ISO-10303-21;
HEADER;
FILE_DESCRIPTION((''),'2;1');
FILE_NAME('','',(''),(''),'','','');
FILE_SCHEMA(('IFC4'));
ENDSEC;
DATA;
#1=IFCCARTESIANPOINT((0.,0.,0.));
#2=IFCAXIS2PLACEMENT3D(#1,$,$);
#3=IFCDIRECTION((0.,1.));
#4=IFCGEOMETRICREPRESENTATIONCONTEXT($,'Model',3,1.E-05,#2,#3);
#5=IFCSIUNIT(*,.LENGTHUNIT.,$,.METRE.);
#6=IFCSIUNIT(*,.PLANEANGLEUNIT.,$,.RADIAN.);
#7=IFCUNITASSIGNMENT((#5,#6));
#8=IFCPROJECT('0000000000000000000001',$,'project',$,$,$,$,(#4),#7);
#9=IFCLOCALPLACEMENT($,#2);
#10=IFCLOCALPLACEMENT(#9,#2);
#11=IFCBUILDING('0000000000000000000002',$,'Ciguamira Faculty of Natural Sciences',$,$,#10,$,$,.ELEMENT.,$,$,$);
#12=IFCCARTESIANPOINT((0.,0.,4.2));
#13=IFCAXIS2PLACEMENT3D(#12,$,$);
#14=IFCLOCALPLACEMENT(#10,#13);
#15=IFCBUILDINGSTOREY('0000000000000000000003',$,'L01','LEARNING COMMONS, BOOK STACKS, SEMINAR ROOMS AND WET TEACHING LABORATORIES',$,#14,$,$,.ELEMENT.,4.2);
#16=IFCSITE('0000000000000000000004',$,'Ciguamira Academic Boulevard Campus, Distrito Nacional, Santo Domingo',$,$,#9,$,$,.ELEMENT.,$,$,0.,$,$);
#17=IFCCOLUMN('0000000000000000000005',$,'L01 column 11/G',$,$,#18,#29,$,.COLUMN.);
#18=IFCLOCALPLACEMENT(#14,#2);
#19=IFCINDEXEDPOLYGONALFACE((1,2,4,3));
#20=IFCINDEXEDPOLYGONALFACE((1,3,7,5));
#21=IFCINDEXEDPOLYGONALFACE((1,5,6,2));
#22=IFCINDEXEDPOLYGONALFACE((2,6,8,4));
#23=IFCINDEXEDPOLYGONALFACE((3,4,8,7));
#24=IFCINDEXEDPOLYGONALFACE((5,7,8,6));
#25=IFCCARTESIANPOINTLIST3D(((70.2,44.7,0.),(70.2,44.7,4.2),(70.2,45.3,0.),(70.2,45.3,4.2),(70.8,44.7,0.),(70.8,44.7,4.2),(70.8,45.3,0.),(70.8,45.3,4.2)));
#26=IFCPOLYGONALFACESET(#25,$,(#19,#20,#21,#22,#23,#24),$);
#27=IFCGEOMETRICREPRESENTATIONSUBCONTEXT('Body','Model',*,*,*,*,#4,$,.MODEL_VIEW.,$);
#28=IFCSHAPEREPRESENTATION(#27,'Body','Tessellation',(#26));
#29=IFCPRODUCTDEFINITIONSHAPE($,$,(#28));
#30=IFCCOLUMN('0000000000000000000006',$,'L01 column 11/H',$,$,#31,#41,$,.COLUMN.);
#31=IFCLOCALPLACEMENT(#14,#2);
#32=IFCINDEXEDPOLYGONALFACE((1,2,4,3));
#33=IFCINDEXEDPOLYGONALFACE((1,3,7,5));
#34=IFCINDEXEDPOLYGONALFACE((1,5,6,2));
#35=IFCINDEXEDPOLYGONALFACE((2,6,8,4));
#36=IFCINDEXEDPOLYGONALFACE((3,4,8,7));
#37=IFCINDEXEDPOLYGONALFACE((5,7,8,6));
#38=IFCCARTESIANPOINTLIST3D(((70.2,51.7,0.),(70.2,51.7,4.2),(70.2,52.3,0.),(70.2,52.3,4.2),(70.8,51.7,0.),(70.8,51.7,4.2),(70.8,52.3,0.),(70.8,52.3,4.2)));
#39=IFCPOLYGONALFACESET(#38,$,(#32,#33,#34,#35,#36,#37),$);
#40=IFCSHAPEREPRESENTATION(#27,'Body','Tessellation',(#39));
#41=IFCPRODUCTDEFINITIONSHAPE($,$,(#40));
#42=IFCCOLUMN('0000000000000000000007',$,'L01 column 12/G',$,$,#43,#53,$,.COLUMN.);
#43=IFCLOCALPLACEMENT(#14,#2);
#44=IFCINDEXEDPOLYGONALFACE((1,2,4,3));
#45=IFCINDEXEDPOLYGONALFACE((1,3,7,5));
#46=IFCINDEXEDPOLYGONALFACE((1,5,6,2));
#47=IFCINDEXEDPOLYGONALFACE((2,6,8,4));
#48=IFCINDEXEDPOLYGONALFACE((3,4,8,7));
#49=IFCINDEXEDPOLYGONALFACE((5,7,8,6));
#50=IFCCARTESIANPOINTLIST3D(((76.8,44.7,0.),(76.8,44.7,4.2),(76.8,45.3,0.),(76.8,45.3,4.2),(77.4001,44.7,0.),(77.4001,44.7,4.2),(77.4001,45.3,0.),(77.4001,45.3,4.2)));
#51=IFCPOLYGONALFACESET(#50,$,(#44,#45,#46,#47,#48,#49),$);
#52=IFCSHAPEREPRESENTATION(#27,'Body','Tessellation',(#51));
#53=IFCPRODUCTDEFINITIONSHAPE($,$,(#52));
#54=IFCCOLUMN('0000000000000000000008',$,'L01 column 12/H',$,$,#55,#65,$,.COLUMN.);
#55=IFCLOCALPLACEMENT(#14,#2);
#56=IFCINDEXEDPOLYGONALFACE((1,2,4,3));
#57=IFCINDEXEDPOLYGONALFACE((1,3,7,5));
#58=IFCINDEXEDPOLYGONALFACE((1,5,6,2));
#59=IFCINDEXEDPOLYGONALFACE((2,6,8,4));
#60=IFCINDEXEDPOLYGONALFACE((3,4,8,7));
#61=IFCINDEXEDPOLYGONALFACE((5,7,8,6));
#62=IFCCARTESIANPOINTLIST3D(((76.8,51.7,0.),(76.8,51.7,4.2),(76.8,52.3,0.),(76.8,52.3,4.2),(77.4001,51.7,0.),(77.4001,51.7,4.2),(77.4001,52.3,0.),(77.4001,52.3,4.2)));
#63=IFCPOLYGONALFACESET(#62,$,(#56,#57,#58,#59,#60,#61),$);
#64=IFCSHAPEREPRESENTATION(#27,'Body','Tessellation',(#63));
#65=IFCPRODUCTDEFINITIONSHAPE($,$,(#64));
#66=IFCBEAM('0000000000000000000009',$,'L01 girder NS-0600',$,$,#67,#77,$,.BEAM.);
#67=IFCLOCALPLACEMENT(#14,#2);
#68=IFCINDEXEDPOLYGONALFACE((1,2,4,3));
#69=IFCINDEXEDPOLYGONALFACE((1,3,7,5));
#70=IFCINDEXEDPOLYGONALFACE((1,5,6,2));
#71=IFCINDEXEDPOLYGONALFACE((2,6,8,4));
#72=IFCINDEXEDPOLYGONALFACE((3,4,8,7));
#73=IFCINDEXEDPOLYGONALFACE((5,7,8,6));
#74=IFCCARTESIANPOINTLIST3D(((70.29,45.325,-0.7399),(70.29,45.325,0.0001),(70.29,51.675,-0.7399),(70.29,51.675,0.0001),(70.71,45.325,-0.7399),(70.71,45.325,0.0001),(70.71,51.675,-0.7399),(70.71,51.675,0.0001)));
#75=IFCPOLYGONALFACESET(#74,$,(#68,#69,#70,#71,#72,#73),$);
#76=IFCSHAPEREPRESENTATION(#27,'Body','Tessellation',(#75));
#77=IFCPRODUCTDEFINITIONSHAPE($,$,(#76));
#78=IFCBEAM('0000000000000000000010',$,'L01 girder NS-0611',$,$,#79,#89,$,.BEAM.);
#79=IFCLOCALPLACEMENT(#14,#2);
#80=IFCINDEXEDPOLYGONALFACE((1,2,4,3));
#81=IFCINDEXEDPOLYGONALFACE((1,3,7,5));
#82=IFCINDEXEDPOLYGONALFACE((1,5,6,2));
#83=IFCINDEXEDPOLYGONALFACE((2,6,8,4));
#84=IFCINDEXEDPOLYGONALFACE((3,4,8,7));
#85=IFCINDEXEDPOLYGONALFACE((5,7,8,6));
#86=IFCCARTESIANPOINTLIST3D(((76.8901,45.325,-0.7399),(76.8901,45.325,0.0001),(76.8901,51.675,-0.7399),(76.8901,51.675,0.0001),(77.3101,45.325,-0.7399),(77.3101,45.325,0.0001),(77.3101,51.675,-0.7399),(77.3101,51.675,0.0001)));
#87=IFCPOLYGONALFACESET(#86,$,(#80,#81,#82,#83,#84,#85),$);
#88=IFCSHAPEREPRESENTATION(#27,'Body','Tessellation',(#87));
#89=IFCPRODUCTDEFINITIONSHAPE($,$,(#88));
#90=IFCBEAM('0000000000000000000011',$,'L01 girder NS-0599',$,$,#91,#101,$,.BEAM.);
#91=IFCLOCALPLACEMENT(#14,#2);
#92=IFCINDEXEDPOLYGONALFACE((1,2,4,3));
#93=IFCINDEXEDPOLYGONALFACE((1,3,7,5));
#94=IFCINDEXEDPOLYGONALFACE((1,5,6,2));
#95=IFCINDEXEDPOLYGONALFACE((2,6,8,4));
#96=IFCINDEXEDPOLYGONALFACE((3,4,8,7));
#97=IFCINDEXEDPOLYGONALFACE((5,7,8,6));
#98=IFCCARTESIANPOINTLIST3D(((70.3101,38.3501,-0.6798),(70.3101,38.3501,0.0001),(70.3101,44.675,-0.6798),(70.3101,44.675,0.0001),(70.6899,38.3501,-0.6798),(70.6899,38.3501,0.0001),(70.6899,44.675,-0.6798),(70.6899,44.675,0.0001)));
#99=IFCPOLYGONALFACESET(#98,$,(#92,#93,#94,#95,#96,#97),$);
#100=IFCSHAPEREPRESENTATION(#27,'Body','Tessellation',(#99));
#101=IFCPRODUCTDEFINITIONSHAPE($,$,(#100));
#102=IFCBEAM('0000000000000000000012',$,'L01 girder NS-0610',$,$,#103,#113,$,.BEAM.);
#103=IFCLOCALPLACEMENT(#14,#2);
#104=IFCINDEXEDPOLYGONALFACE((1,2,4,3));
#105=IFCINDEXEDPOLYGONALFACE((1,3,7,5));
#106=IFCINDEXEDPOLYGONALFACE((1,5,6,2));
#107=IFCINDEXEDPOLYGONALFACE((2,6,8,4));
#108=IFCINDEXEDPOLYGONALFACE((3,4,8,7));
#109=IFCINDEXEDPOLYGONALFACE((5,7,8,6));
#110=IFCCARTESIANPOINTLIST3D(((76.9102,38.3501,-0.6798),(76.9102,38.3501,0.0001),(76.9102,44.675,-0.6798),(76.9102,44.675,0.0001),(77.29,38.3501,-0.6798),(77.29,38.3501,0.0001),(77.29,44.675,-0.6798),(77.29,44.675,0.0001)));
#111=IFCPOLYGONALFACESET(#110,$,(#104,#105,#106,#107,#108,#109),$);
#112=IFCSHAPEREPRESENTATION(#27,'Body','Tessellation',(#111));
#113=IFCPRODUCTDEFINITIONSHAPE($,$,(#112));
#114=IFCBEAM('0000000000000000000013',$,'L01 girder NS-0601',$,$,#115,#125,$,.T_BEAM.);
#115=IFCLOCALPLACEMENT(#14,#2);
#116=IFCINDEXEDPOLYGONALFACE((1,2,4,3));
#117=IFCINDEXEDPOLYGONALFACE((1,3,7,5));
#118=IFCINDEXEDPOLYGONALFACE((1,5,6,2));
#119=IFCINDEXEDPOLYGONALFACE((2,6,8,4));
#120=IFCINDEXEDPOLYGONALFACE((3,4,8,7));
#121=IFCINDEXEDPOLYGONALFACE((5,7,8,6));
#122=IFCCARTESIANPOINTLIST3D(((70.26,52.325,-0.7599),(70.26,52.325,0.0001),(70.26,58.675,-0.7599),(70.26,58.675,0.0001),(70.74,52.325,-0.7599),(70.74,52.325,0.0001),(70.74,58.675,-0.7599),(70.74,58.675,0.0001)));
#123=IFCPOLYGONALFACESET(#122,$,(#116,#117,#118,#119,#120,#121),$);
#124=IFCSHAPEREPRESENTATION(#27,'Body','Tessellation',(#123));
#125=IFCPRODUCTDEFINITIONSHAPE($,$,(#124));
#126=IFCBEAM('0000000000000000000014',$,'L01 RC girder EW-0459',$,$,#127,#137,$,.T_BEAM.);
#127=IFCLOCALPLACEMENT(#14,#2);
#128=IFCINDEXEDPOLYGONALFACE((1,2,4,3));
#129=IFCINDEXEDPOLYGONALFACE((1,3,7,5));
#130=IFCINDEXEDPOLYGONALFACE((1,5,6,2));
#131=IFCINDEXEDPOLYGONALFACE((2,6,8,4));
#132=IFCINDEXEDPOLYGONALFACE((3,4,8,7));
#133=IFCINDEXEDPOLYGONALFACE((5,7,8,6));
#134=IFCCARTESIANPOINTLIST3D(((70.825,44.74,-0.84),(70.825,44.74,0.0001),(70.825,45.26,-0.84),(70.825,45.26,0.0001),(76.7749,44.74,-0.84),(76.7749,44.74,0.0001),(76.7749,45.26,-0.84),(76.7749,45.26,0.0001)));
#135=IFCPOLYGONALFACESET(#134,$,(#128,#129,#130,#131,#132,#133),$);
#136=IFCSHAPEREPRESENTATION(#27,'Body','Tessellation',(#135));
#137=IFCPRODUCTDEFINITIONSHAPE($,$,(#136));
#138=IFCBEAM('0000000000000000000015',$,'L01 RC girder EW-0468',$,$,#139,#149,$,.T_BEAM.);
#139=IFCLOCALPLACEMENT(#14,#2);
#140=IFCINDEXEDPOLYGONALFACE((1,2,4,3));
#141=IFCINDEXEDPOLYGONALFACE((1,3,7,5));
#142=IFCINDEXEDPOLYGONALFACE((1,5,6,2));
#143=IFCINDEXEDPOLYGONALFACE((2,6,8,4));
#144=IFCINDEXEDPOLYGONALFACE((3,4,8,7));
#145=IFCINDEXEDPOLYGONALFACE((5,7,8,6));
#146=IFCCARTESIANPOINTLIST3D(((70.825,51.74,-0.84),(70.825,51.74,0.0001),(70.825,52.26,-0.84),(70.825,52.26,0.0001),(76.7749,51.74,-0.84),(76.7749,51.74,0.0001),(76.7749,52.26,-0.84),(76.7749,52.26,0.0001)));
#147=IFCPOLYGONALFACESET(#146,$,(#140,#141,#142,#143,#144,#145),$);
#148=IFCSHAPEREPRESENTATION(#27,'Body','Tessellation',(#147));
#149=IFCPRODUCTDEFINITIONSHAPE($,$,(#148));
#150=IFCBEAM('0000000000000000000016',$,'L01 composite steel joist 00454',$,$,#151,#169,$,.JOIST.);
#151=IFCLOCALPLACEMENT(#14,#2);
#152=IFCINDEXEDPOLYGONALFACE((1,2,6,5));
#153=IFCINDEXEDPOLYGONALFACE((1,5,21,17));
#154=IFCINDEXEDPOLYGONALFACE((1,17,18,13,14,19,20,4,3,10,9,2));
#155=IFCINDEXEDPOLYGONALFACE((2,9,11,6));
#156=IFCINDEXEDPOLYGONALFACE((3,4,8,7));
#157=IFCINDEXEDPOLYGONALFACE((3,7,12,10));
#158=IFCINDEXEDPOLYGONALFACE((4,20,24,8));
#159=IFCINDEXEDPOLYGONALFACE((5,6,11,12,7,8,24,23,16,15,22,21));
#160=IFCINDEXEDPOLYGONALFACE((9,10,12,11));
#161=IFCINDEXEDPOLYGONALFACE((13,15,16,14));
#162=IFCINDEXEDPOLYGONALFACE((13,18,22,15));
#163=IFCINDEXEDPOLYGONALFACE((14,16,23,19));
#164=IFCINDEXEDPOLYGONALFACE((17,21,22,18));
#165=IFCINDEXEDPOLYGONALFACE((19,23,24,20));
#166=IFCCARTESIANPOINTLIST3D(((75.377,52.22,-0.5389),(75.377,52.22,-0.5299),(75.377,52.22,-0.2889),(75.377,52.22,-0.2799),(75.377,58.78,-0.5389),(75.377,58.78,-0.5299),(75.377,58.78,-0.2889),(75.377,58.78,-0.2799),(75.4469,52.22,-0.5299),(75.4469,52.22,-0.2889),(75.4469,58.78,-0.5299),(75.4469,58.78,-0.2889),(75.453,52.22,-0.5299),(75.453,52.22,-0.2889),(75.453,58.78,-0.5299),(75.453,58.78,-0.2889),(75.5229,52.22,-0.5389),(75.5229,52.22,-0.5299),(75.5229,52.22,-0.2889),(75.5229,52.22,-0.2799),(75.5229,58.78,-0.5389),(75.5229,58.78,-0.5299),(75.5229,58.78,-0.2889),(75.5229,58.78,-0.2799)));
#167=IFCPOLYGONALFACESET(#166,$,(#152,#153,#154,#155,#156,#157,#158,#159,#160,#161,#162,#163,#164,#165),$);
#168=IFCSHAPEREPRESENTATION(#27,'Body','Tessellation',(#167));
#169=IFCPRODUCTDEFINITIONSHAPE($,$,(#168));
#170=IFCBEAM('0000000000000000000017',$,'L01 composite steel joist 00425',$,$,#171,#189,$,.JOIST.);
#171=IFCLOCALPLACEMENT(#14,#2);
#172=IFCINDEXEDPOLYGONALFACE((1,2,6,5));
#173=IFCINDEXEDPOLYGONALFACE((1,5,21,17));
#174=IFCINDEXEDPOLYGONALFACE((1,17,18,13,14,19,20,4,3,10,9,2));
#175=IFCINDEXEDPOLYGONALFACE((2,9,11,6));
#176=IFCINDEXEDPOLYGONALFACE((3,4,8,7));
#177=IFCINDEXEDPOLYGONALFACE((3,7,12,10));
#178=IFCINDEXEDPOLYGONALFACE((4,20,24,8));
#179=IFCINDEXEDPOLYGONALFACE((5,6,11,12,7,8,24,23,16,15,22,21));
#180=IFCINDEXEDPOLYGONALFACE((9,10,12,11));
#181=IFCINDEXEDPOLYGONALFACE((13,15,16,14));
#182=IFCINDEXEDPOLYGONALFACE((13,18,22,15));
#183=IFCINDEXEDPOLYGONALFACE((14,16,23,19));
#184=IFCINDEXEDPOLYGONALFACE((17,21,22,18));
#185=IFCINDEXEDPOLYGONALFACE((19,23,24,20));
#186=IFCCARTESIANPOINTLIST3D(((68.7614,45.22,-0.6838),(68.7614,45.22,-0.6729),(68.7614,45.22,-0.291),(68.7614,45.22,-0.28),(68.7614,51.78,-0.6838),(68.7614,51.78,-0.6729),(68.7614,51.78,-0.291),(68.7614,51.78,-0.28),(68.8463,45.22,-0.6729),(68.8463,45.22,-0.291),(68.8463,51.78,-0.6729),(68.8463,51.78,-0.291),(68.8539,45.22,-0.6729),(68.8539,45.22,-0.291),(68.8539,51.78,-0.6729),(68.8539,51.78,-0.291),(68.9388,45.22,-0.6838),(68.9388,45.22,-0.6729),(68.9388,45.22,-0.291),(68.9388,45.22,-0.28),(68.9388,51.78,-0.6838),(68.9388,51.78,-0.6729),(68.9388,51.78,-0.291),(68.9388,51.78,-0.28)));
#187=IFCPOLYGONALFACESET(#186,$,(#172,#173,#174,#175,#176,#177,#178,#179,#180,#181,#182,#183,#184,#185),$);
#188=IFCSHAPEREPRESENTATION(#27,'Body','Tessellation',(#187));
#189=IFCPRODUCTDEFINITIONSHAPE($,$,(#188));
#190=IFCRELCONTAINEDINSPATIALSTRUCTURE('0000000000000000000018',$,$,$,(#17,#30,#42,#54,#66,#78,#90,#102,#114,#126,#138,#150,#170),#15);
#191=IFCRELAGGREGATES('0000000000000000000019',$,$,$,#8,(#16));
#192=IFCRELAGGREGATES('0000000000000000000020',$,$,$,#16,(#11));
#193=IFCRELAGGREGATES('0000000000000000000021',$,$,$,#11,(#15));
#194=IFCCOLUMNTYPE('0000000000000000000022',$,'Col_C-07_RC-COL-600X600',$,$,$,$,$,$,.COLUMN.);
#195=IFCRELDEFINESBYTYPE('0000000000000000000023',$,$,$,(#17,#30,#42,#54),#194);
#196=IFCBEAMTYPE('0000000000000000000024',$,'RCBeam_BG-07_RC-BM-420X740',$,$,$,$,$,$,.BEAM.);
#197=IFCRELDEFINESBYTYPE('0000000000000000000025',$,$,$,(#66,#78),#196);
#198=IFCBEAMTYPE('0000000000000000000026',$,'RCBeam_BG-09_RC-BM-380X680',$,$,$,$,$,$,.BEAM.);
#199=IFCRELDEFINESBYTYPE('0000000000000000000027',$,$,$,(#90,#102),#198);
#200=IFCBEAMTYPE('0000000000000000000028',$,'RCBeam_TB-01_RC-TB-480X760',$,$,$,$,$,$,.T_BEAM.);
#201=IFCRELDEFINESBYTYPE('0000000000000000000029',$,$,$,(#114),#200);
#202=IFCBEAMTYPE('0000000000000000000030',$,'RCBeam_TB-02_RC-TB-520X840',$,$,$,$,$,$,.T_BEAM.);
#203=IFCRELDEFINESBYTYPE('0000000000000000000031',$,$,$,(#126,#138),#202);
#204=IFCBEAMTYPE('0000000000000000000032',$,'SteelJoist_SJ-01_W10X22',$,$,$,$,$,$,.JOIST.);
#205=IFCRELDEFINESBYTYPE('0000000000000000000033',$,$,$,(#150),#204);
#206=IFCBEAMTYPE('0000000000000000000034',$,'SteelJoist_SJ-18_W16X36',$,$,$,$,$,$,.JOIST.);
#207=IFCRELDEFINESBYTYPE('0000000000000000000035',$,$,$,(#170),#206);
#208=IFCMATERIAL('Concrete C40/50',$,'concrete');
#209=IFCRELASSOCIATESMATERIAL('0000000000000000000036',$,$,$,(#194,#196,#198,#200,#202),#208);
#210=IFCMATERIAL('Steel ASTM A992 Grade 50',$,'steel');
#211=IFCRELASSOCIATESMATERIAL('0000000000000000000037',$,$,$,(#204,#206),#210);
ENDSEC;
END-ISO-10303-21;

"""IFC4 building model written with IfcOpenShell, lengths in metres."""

from ifc_helpers import new_model, si_unit, direction, frame, origin, origin_2d, place, context, subcontext, project, spatial, rectangle, i_section, extrude, material, material_profile, profile_set, type_object, element, save


model = new_model("IFC4")

# Units and contexts
model_context = context("Model", 3, precision=1e-05, world=origin(), true_north=direction((0.0, 1.0)))
body_context = subcontext(model_context, "Body", "Model", "MODEL_VIEW")
ifc_project = project(units=[si_unit("LENGTHUNIT", "METRE"), si_unit("PLANEANGLEUNIT", "RADIAN")], contexts=[model_context])

# Site, building, storey
site_placement = place(None, origin())
site = spatial("IfcSite", under=ifc_project, at=site_placement, Name="Ciguamira Academic Boulevard Campus, Distrito Nacional, Santo Domingo", CompositionType="ELEMENT", RefElevation=0.0)
building_placement = place(site_placement, origin())
building = spatial("IfcBuilding", under=site, at=building_placement, Name="Ciguamira Faculty of Natural Sciences", CompositionType="ELEMENT")
storey_placement = place(building_placement, frame((0.0, 0.0, 4.2)))
storey = spatial("IfcBuildingStorey", under=building, at=storey_placement, Name="L01", Description="LEARNING COMMONS, BOOK STACKS, SEMINAR ROOMS AND WET TEACHING LABORATORIES", CompositionType="ELEMENT", Elevation=4.2)

# Columns
ifc_material_1 = material(Name="Concrete C40/50", Category="concrete")
ifc_material_profile_1 = material_profile(ifc_material_1, rectangle(XDim=0.6001, YDim=0.6001, at=origin_2d()), Name="RC-COL-600X600")
ifc_profile_set_1 = profile_set([ifc_material_profile_1], Name="Concrete C40/50")
column_type = type_object("IfcColumnType", Name="Col_C-07_RC-COL-600X600", PredefinedType="COLUMN", material=ifc_profile_set_1)
for number, where, z_axis, x_axis, name in (
    (1, (70.5, 45.0, 0.0), (0.0, 0.0, 1.0), (1.0, 0.0, 0.0), "L01 column 11/G"),
    (2, (70.5, 52.0, 0.0), (0.0, 0.0, 1.0), (1.0, 0.0, 0.0), "L01 column 11/H"),
    (3, (77.1001, 45.0, 0.0), (0.0, 0.0, 1.0), (1.0, 0.0, 0.0), "L01 column 12/G"),
    (4, (77.1001, 52.0, 0.0), (0.0, 0.0, 1.0), (1.0, 0.0, 0.0), "L01 column 12/H"),
):
    element("IfcColumn", number, at=place(storey_placement, frame(where, z_axis=z_axis, x_axis=x_axis)), inside=storey, type_object=column_type, Name=name, PredefinedType="COLUMN", context=body_context, shape_type="SweptSolid", body=[
        extrude(rectangle(XDim=0.6001, YDim=0.6001, at=origin_2d()), origin(), (0.0, 0.0, 1.0), 4.2),
    ])

# Beams
ifc_material_profile_2 = material_profile(ifc_material_1, rectangle(XDim=0.4199, YDim=0.74, at=origin_2d()), Name="RC-BM-420X740")
ifc_profile_set_2 = profile_set([ifc_material_profile_2], Name="Concrete C40/50")
beam_type_1 = type_object("IfcBeamType", Name="RCBeam_BG-07_RC-BM-420X740", PredefinedType="BEAM", material=ifc_profile_set_2)
for number, where, z_axis, x_axis, name in (
    (5, (70.5, 45.325, -0.3699), (0.0, 1.0, 0.0), (-1.0, 0.0, 0.0), "L01 girder NS-0600"),
    (6, (77.1001, 45.325, -0.3699), (0.0, 1.0, 0.0), (-1.0, 0.0, 0.0), "L01 girder NS-0611"),
):
    element("IfcBeam", number, at=place(storey_placement, frame(where, z_axis=z_axis, x_axis=x_axis)), inside=storey, type_object=beam_type_1, Name=name, PredefinedType="BEAM", context=body_context, shape_type="SweptSolid", body=[
        extrude(rectangle(XDim=0.4199, YDim=0.74, at=origin_2d()), origin(), (0.0, 0.0, 1.0), 6.3501),
    ])
ifc_material_profile_3 = material_profile(ifc_material_1, rectangle(XDim=0.3799, YDim=0.6799, at=origin_2d()), Name="RC-BM-380X680")
ifc_profile_set_3 = profile_set([ifc_material_profile_3], Name="Concrete C40/50")
beam_type_2 = type_object("IfcBeamType", Name="RCBeam_BG-09_RC-BM-380X680", PredefinedType="BEAM", material=ifc_profile_set_3)
for number, where, z_axis, x_axis, name in (
    (7, (70.5, 38.3501, -0.3398), (0.0, 1.0, 0.0), (-1.0, 0.0, 0.0), "L01 girder NS-0599"),
    (8, (77.1001, 38.3501, -0.3398), (0.0, 1.0, 0.0), (-1.0, 0.0, 0.0), "L01 girder NS-0610"),
):
    element("IfcBeam", number, at=place(storey_placement, frame(where, z_axis=z_axis, x_axis=x_axis)), inside=storey, type_object=beam_type_2, Name=name, PredefinedType="BEAM", context=body_context, shape_type="SweptSolid", body=[
        extrude(rectangle(XDim=0.3799, YDim=0.6799, at=origin_2d()), origin(), (0.0, 0.0, 1.0), 6.325),
    ])
ifc_material_profile_4 = material_profile(ifc_material_1, rectangle(XDim=0.48, YDim=0.76, at=origin_2d()), Name="RC-TB-480X760")
ifc_profile_set_4 = profile_set([ifc_material_profile_4], Name="Concrete C40/50")
beam_type_3 = type_object("IfcBeamType", Name="RCBeam_TB-01_RC-TB-480X760", PredefinedType="T_BEAM", material=ifc_profile_set_4)
beam_1_placement = place(storey_placement, frame((70.5, 52.325, -0.3799), z_axis=(0.0, 1.0, 0.0), x_axis=(-1.0, 0.0, 0.0)))
element("IfcBeam", 9, at=beam_1_placement, inside=storey, type_object=beam_type_3, Name="L01 girder NS-0601", PredefinedType="T_BEAM", context=body_context, shape_type="SweptSolid", body=[
    extrude(rectangle(XDim=0.48, YDim=0.76, at=origin_2d()), origin(), (0.0, 0.0, 1.0), 6.3501),
])
ifc_material_profile_5 = material_profile(ifc_material_1, rectangle(XDim=0.52, YDim=0.8401, at=origin_2d()), Name="RC-TB-520X840")
ifc_profile_set_5 = profile_set([ifc_material_profile_5], Name="Concrete C40/50")
beam_type_4 = type_object("IfcBeamType", Name="RCBeam_TB-02_RC-TB-520X840", PredefinedType="T_BEAM", material=ifc_profile_set_5)
for number, where, z_axis, x_axis, name in (
    (10, (70.825, 45.0, -0.4199), (1.0, 0.0, 0.0), (0.0, 1.0, 0.0), "L01 RC girder EW-0459"),
    (11, (70.825, 52.0, -0.4199), (1.0, 0.0, 0.0), (0.0, 1.0, 0.0), "L01 RC girder EW-0468"),
):
    element("IfcBeam", number, at=place(storey_placement, frame(where, z_axis=z_axis, x_axis=x_axis)), inside=storey, type_object=beam_type_4, Name=name, PredefinedType="T_BEAM", context=body_context, shape_type="SweptSolid", body=[
        extrude(rectangle(XDim=0.52, YDim=0.8401, at=origin_2d()), origin(), (0.0, 0.0, 1.0), 5.95),
    ])
ifc_material_2 = material(Name="Steel ASTM A992 Grade 50", Category="steel")
ifc_material_profile_6 = material_profile(ifc_material_2, i_section(OverallWidth=0.146, OverallDepth=0.259, WebThickness=0.0061, FlangeThickness=0.009, at=origin_2d()), Name="W10X22")
ifc_profile_set_6 = profile_set([ifc_material_profile_6], Name="Steel ASTM A992 Grade 50")
beam_type_5 = type_object("IfcBeamType", Name="SteelJoist_SJ-01_W10X22", PredefinedType="JOIST", material=ifc_profile_set_6)
beam_2_placement = place(storey_placement, frame((75.45, 52.22, -0.4094), z_axis=(0.0, 1.0, 0.0), x_axis=(-1.0, 0.0, 0.0)))
element("IfcBeam", 12, at=beam_2_placement, inside=storey, type_object=beam_type_5, Name="L01 composite steel joist 00454", PredefinedType="JOIST", context=body_context, shape_type="SweptSolid", body=[
    extrude(i_section(OverallWidth=0.146, OverallDepth=0.259, WebThickness=0.0061, FlangeThickness=0.009, at=origin_2d()), origin(), (0.0, 0.0, 1.0), 6.5601),
])
ifc_material_profile_7 = material_profile(ifc_material_2, i_section(OverallWidth=0.1775, OverallDepth=0.4038, WebThickness=0.0076, FlangeThickness=0.011, at=origin_2d()), Name="W16X36")
ifc_profile_set_7 = profile_set([ifc_material_profile_7], Name="Steel ASTM A992 Grade 50")
beam_type_6 = type_object("IfcBeamType", Name="SteelJoist_SJ-18_W16X36", PredefinedType="JOIST", material=ifc_profile_set_7)
beam_3_placement = place(storey_placement, frame((68.8501, 45.22, -0.4819), z_axis=(0.0, 1.0, 0.0), x_axis=(-1.0, 0.0, 0.0)))
element("IfcBeam", 13, at=beam_3_placement, inside=storey, type_object=beam_type_6, Name="L01 composite steel joist 00425", PredefinedType="JOIST", context=body_context, shape_type="SweptSolid", body=[
    extrude(i_section(OverallWidth=0.1775, OverallDepth=0.4038, WebThickness=0.0076, FlangeThickness=0.011, at=origin_2d()), origin(), (0.0, 0.0, 1.0), 6.5601),
])

save(model, "model.ifc")
